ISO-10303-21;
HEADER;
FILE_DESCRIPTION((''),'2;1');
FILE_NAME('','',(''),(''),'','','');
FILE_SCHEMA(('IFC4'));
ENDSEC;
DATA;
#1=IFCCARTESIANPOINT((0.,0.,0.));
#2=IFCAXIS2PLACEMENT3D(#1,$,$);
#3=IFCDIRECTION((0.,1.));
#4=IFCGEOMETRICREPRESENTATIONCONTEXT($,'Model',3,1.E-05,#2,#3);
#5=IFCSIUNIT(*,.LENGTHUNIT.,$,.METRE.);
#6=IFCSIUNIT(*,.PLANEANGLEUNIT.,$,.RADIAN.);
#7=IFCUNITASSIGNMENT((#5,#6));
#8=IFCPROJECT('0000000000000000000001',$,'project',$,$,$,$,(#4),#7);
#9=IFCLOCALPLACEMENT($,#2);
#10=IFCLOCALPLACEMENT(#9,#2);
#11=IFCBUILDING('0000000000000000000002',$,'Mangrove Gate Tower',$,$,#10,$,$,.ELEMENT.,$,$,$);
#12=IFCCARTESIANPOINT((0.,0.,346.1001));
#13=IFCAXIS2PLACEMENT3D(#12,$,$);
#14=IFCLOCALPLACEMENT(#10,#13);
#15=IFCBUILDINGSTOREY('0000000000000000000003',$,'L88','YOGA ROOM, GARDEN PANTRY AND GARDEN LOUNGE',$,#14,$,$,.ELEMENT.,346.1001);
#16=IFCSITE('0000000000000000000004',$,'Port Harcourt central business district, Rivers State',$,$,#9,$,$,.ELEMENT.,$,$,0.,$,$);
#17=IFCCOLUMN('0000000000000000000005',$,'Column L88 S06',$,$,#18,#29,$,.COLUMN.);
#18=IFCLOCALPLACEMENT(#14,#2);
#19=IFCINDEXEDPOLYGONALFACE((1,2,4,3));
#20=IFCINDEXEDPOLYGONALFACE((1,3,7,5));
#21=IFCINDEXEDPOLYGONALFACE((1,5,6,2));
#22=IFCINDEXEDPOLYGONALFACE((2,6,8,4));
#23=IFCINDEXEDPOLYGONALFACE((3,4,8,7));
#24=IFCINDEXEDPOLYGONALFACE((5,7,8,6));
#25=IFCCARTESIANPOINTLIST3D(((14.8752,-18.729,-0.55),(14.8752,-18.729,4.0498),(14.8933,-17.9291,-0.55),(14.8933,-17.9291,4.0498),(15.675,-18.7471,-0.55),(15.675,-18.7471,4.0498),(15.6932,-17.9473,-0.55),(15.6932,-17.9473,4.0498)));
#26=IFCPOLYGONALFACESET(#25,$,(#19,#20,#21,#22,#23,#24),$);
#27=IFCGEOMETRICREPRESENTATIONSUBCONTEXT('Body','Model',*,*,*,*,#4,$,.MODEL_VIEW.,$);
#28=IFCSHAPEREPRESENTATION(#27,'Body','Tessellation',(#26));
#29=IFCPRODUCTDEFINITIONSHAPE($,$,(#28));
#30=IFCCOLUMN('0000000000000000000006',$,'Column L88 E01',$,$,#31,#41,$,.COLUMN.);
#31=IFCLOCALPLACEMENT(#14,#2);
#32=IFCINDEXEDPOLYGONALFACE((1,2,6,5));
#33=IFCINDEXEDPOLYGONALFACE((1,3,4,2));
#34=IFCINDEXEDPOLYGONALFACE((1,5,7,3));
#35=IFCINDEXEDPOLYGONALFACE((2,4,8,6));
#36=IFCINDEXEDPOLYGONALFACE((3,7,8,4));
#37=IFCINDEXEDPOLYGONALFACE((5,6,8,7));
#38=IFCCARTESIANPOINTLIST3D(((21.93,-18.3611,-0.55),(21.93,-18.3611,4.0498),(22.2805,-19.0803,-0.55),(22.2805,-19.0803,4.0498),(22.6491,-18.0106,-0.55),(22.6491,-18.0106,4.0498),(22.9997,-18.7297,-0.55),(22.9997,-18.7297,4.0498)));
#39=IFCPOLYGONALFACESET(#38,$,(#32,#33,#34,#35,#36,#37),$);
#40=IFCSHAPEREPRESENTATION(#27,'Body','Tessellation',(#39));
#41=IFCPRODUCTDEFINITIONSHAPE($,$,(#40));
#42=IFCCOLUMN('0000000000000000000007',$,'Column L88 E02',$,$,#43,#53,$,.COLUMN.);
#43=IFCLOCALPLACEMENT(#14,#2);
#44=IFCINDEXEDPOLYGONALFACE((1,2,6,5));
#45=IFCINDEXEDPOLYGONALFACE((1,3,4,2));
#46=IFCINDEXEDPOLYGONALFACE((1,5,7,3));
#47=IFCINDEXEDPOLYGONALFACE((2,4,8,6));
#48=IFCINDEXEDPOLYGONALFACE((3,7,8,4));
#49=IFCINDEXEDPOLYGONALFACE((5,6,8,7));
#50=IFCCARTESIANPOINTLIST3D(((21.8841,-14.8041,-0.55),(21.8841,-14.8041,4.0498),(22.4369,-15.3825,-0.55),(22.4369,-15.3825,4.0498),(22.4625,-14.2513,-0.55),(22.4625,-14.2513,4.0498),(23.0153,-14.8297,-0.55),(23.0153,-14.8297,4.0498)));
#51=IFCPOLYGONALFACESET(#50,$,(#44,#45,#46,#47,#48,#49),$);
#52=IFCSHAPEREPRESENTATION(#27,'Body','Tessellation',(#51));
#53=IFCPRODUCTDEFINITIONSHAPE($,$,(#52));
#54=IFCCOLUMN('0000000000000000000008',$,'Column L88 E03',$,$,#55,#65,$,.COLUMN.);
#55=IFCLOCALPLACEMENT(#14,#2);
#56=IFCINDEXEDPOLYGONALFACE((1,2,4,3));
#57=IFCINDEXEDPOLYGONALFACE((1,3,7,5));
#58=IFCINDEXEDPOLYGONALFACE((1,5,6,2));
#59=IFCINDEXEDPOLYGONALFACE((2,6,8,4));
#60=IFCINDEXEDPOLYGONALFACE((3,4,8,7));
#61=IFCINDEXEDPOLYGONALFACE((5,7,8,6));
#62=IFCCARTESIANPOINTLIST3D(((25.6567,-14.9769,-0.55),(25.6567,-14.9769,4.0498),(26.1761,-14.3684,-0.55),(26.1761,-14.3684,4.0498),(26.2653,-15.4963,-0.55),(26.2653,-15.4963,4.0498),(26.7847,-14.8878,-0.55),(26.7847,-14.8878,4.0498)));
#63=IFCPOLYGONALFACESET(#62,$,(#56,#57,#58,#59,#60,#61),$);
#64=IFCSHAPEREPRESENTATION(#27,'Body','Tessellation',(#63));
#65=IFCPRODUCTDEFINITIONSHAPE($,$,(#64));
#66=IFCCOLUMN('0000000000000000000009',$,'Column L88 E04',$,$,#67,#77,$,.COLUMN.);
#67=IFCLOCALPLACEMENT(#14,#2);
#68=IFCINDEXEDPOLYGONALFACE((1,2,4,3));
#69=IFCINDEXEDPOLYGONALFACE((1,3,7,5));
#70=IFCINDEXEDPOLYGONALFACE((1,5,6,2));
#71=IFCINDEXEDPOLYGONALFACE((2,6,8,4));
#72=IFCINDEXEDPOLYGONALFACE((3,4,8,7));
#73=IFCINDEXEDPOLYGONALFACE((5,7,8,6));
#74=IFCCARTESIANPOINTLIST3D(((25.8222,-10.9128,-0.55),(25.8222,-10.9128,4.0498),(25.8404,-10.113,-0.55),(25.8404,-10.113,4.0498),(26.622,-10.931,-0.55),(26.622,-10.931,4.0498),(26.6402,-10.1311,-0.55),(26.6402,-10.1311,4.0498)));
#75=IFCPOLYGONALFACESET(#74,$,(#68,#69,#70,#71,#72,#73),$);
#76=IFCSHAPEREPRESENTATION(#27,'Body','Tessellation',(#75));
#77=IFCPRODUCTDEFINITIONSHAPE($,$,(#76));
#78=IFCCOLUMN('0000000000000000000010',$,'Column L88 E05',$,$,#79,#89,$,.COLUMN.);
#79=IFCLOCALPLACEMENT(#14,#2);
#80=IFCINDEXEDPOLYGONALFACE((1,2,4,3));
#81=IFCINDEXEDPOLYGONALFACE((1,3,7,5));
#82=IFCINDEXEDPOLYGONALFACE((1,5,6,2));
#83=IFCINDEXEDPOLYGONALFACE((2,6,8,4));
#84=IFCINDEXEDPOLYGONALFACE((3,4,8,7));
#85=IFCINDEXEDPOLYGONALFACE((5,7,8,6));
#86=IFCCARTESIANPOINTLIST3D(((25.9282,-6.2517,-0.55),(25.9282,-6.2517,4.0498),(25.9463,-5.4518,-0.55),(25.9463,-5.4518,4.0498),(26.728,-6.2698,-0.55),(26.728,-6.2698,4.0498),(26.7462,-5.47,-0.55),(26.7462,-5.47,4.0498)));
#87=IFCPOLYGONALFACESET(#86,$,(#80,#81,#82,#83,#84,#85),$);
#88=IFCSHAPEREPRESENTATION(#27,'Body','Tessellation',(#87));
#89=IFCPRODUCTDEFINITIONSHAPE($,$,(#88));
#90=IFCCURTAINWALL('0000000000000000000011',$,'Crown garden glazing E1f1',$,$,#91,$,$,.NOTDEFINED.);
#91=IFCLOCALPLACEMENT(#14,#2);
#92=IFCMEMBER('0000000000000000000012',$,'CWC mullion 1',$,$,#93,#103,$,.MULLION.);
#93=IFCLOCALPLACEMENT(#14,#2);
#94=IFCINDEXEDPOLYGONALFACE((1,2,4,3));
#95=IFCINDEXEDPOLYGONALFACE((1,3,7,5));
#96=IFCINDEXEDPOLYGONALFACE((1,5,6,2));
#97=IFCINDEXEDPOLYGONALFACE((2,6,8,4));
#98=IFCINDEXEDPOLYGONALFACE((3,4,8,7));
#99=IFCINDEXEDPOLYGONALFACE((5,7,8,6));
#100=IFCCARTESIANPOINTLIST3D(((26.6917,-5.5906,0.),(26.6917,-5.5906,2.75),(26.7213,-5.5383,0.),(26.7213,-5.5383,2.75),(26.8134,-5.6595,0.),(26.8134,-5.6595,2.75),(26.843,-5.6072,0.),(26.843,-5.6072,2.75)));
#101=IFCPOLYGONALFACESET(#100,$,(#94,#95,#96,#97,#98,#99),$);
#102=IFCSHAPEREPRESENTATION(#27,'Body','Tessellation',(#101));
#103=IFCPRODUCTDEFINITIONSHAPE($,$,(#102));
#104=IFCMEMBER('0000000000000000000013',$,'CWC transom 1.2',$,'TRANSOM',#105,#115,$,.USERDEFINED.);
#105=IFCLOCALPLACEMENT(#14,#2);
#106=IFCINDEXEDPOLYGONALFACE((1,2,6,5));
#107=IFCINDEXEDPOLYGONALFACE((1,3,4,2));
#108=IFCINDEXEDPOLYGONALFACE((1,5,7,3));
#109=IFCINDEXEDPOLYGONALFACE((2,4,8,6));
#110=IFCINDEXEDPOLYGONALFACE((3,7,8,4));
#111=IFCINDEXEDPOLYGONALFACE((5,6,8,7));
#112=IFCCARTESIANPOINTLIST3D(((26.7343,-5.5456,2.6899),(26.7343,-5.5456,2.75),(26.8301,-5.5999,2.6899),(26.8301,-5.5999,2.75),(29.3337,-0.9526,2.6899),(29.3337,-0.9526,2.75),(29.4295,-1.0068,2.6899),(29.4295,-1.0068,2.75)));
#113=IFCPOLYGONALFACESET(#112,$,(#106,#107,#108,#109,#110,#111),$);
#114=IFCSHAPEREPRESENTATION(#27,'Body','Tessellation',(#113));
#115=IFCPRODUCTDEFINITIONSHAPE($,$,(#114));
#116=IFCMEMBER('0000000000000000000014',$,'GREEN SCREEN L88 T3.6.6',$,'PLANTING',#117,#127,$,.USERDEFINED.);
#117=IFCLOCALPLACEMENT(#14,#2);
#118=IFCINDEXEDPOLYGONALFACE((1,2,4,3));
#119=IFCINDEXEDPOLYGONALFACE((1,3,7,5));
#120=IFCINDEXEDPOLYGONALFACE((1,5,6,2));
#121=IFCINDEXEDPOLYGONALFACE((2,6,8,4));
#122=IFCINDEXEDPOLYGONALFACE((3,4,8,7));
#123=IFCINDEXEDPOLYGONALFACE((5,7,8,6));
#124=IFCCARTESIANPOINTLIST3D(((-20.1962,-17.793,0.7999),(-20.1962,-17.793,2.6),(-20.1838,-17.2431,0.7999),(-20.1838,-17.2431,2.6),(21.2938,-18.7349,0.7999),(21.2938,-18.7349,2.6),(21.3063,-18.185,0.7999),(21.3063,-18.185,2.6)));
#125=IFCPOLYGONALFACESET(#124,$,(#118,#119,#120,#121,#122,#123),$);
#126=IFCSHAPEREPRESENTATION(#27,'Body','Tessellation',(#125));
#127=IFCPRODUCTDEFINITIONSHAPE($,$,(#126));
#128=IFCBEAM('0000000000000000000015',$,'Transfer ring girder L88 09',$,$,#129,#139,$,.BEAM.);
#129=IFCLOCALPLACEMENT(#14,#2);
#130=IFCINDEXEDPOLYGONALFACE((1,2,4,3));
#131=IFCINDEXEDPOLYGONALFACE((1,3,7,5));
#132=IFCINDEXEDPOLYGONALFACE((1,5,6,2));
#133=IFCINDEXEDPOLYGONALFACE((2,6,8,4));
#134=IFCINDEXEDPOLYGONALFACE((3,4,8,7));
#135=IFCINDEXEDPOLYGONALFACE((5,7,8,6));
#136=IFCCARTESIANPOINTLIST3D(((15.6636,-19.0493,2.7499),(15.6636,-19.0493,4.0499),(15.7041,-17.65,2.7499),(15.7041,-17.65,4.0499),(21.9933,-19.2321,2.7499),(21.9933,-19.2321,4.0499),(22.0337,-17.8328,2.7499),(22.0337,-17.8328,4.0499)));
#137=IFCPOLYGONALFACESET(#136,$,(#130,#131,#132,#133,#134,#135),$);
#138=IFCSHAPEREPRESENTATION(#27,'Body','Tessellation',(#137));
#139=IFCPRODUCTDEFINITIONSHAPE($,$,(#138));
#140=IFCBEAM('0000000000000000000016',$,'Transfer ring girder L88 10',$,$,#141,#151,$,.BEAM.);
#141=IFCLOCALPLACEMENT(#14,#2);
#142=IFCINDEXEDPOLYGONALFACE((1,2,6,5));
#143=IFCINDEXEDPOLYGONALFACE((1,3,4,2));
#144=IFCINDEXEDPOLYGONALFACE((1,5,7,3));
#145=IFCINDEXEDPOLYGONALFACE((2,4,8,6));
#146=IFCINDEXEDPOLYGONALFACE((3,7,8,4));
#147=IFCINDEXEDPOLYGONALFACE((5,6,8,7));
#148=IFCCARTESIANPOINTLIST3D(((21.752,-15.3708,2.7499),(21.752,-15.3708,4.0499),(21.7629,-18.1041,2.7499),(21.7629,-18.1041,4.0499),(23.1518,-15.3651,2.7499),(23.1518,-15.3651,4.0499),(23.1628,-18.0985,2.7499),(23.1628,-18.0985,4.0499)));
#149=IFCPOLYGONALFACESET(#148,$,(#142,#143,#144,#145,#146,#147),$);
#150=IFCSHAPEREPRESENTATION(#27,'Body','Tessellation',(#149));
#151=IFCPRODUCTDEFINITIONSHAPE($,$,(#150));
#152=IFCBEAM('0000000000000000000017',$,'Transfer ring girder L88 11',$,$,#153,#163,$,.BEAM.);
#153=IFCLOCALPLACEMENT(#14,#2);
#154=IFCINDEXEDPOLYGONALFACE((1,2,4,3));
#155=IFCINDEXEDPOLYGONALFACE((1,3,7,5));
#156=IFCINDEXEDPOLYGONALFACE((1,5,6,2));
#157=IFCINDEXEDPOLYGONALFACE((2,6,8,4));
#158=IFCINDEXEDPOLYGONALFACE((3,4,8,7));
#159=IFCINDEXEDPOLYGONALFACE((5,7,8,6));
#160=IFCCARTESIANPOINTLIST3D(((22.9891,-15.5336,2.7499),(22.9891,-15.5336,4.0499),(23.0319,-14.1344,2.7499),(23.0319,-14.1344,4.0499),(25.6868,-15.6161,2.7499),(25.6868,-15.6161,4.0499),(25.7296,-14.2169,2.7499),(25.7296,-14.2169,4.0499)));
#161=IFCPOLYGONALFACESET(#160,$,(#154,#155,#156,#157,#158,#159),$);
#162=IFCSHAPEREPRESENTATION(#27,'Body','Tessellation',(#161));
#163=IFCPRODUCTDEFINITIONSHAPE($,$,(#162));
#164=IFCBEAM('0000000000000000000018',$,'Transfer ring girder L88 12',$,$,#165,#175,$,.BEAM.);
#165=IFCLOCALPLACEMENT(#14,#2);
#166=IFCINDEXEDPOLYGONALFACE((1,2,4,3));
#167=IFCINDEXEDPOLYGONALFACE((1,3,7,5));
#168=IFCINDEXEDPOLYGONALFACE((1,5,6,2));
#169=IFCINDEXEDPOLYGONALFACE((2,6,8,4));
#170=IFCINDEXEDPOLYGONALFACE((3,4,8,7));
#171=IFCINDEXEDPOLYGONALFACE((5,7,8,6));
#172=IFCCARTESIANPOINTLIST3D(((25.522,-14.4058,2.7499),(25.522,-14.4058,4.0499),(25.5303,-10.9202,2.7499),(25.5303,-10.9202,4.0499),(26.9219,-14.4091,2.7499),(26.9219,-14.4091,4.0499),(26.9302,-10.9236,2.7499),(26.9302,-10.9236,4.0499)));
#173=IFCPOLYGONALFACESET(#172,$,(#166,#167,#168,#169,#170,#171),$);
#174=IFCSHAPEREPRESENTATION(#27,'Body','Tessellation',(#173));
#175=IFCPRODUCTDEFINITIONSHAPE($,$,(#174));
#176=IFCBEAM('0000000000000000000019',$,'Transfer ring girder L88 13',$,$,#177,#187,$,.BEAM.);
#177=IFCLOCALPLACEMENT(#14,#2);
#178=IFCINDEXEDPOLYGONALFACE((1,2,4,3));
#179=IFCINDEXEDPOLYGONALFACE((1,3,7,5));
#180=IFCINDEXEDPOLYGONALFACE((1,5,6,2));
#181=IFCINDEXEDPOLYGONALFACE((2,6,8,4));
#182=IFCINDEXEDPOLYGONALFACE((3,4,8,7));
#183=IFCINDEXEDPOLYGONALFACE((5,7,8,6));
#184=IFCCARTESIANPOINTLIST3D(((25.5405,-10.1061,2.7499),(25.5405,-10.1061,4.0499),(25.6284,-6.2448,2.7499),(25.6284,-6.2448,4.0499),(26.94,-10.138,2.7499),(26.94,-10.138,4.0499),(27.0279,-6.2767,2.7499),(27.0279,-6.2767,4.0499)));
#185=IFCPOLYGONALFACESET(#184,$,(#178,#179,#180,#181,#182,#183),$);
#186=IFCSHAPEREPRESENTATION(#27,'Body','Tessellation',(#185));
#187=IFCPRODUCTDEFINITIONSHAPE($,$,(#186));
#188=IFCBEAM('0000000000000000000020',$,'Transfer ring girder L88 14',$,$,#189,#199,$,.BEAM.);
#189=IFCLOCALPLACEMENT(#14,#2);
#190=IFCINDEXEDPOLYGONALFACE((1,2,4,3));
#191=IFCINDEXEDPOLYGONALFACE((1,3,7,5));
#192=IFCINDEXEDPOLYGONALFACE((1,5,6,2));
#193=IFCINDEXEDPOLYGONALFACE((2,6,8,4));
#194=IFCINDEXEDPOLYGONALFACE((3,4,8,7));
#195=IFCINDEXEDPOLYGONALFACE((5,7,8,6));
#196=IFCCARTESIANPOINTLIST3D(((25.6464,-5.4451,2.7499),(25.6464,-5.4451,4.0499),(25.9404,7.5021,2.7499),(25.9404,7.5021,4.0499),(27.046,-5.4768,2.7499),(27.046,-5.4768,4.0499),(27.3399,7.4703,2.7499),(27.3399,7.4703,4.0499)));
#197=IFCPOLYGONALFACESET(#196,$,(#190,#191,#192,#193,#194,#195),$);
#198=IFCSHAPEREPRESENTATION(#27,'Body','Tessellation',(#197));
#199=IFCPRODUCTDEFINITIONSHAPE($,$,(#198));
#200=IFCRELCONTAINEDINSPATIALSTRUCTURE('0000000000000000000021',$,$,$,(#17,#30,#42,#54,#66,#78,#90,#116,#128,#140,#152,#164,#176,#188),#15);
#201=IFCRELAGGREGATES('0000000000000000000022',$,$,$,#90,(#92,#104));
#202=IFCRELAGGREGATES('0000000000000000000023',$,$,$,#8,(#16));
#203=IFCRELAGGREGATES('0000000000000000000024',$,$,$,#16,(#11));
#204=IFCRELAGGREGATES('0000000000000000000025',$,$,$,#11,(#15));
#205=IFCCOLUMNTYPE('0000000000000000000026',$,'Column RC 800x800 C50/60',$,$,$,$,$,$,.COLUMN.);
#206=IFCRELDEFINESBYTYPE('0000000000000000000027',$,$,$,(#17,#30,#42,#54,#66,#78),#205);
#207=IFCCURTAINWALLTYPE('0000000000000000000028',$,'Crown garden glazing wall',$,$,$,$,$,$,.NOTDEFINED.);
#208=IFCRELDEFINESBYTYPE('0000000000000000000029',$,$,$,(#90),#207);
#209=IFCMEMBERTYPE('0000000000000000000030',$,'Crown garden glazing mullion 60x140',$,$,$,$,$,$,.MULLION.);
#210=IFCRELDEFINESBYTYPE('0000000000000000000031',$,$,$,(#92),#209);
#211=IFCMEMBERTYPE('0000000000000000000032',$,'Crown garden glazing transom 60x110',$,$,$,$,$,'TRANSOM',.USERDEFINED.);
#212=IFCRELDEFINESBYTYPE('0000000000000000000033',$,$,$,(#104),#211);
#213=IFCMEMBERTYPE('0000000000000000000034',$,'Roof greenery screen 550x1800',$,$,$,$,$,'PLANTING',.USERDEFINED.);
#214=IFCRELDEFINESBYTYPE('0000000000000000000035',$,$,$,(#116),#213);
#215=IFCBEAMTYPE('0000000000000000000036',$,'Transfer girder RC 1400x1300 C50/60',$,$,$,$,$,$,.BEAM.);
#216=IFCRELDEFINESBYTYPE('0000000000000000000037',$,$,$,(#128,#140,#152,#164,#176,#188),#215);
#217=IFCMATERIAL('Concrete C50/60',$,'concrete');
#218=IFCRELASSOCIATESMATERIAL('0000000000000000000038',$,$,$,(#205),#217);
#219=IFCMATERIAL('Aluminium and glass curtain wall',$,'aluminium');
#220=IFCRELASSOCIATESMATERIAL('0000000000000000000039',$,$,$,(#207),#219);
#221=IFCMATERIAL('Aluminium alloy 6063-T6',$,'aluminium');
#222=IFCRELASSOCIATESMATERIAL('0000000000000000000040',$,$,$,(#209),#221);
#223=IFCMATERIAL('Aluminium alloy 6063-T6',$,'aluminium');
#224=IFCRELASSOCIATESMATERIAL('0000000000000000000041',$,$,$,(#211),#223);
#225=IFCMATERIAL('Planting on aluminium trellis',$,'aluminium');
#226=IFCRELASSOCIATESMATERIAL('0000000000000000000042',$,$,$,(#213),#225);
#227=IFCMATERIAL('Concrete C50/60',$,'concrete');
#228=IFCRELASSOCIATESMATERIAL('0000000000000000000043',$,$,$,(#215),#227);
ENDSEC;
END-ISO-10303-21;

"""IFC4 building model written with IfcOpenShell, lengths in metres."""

from ifc_helpers import new_model, si_unit, direction, frame, origin, origin_2d, place, context, subcontext, project, spatial, rectangle, extrude, material, material_profile, profile_set, type_object, element, aggregate, save


model = new_model("IFC4")

# Units and contexts
model_context = context("Model", 3, precision=1e-05, world=origin(), true_north=direction((0.0, 1.0)))
body_context = subcontext(model_context, "Body", "Model", "MODEL_VIEW")
ifc_project = project(units=[si_unit("LENGTHUNIT", "METRE"), si_unit("PLANEANGLEUNIT", "RADIAN")], contexts=[model_context])

# Site, building, storey
site_placement = place(None, origin())
site = spatial("IfcSite", under=ifc_project, at=site_placement, Name="Port Harcourt central business district, Rivers State", CompositionType="ELEMENT", RefElevation=0.0)
building_placement = place(site_placement, origin())
building = spatial("IfcBuilding", under=site, at=building_placement, Name="Mangrove Gate Tower", CompositionType="ELEMENT")
storey_placement = place(building_placement, frame((0.0, 0.0, 346.1001)))
storey = spatial("IfcBuildingStorey", under=building, at=storey_placement, Name="L88", Description="YOGA ROOM, GARDEN PANTRY AND GARDEN LOUNGE", CompositionType="ELEMENT", Elevation=346.1001)

# Columns
ifc_material_1 = material(Name="Concrete C50/60", Category="concrete")
ifc_material_profile_1 = material_profile(ifc_material_1, rectangle(XDim=0.8, YDim=0.8, at=origin_2d()))
ifc_profile_set_1 = profile_set([ifc_material_profile_1], Name="Concrete C50/60")
column_type = type_object("IfcColumnType", Name="Column RC 800x800 C50/60", PredefinedType="COLUMN", material=ifc_profile_set_1)
for number, where, z_axis, x_axis, name in (
    (1, (15.2842, -18.3381, -0.55), (0.0, 0.0, 1.0), (0.999743, -0.022669, 0.0), "Column L88 S06"),
    (2, (22.4648, -18.5454, -0.55), (0.0, 0.0, 1.0), (0.898894, 0.438167, 0.0), "Column L88 E01"),
    (3, (22.4497, -14.8169, -0.55), (0.0, 0.0, 1.0), (0.722929, 0.690923, 0.0), "Column L88 E02"),
    (4, (26.2207, -14.9324, -0.55), (0.0, 0.0, 1.0), (0.649215, 0.760605, 0.0), "Column L88 E03"),
    (5, (26.2312, -10.522, -0.55), (0.0, 0.0, 1.0), (0.022736, 0.999742, 0.0), "Column L88 E04"),
    (6, (26.3372, -5.8608, -0.55), (0.0, 0.0, 1.0), (0.022702, 0.999742, 0.0), "Column L88 E05"),
):
    element("IfcColumn", number, at=place(storey_placement, frame(where, z_axis=z_axis, x_axis=x_axis)), inside=storey, type_object=column_type, Name=name, PredefinedType="COLUMN", context=body_context, shape_type="SweptSolid", body=[
        extrude(rectangle(XDim=0.8, YDim=0.8, at=origin_2d()), origin(), (0.0, 0.0, 1.0), 4.5999),
    ])

# Curtain wall, members
ifc_material_2 = material(Name="Aluminium and glass curtain wall", Category="aluminium")
curtain_wall_type = type_object("IfcCurtainWallType", Name="Crown garden glazing wall", PredefinedType="NOTDEFINED", material=ifc_material_2)
curtain_wall_placement = place(storey_placement, origin())
curtain_wall = element("IfcCurtainWall", 7, at=curtain_wall_placement, inside=storey, type_object=curtain_wall_type, Name="Crown garden glazing E1f1", PredefinedType="NOTDEFINED")
ifc_material_3 = material(Name="Aluminium alloy 6063-T6", Category="aluminium")
ifc_material_profile_2 = material_profile(ifc_material_3, rectangle(XDim=0.0601, YDim=0.1399, at=origin_2d()))
ifc_profile_set_2 = profile_set([ifc_material_profile_2], Name="Aluminium alloy 6063-T6")
member_type_1 = type_object("IfcMemberType", Name="Crown garden glazing mullion 60x140", PredefinedType="MULLION", material=ifc_profile_set_2)
member_1_placement = place(storey_placement, frame((26.7673, -5.5989, 0.0), z_axis=(0.0, 0.0, 1.0), x_axis=(0.492566, 0.870275, 0.0)))
member_1 = element("IfcMember", 8, at=member_1_placement, type_object=member_type_1, Name="CWC mullion 1", PredefinedType="MULLION", context=body_context, shape_type="SweptSolid", body=[
    extrude(rectangle(XDim=0.0601, YDim=0.1399, at=origin_2d()), origin(), (0.0, 0.0, 1.0), 2.75),
])
ifc_material_4 = material(Name="Aluminium alloy 6063-T6", Category="aluminium")
ifc_material_profile_3 = material_profile(ifc_material_4, rectangle(XDim=0.0601, YDim=0.1101, at=origin_2d()))
ifc_profile_set_3 = profile_set([ifc_material_profile_3], Name="Aluminium alloy 6063-T6")
member_type_2 = type_object("IfcMemberType", Name="Crown garden glazing transom 60x110", ElementType="TRANSOM", PredefinedType="USERDEFINED", material=ifc_profile_set_3)
member_2_placement = place(storey_placement, frame((26.7822, -5.5728, 2.72), z_axis=(0.492533, 0.870294, 0.0), x_axis=(0.0, 0.0, 1.0)))
member_2 = element("IfcMember", 9, at=member_2_placement, type_object=member_type_2, Name="CWC transom 1.2", ObjectType="TRANSOM", PredefinedType="USERDEFINED", context=body_context, shape_type="SweptSolid", body=[
    extrude(rectangle(XDim=0.0601, YDim=0.1101, at=origin_2d()), origin(), (0.0, 0.0, 1.0), 5.2776),
])
aggregate(curtain_wall, [member_1, member_2])

# Member
ifc_material_5 = material(Name="Planting on aluminium trellis", Category="aluminium")
ifc_material_profile_4 = material_profile(ifc_material_5, rectangle(XDim=0.55, YDim=1.8, at=origin_2d()))
ifc_profile_set_4 = profile_set([ifc_material_profile_4], Name="Planting on aluminium trellis")
member_type_3 = type_object("IfcMemberType", Name="Roof greenery screen 550x1800", ElementType="PLANTING", PredefinedType="USERDEFINED", material=ifc_profile_set_4)
member_3_placement = place(storey_placement, frame((21.3, -18.46, 1.7), z_axis=(-0.999742, 0.022696, 0.0), x_axis=(-0.022696, -0.999742, 0.0)))
element("IfcMember", 10, at=member_3_placement, inside=storey, type_object=member_type_3, Name="GREEN SCREEN L88 T3.6.6", ObjectType="PLANTING", PredefinedType="USERDEFINED", context=body_context, shape_type="SweptSolid", body=[
    extrude(rectangle(XDim=0.55, YDim=1.8, at=origin_2d()), origin(), (0.0, 0.0, 1.0), 41.5007),
])

# Beams
ifc_material_6 = material(Name="Concrete C50/60", Category="concrete")
ifc_material_profile_5 = material_profile(ifc_material_6, rectangle(XDim=1.3999, YDim=1.3, at=origin_2d()))
ifc_profile_set_5 = profile_set([ifc_material_profile_5], Name="Concrete C50/60")
beam_type_1 = type_object("IfcBeamType", Name="Transfer girder RC 1400x1300 C50/60", PredefinedType="BEAM", material=ifc_profile_set_5)
beam_1_placement = place(storey_placement, frame((15.6838, -18.3496, 3.3999), z_axis=(0.999583, -0.028878, 0.0), x_axis=(0.028878, 0.999583, 0.0)))
element("IfcBeam", 11, at=beam_1_placement, inside=storey, type_object=beam_type_1, Name="Transfer ring girder L88 09", PredefinedType="BEAM", context=body_context, shape_type="SweptSolid", body=[
    extrude(rectangle(XDim=1.3999, YDim=1.3, at=origin_2d()), origin(), (0.0, 0.0, 1.0), 6.3323),
])
beam_2_placement = place(storey_placement, frame((22.4629, -18.1013, 3.3999), z_axis=(-0.004019, 0.999992, 0.0), x_axis=(-0.999992, -0.004019, 0.0)))
element("IfcBeam", 12, at=beam_2_placement, inside=storey, type_object=beam_type_1, Name="Transfer ring girder L88 10", PredefinedType="BEAM", context=body_context, shape_type="SweptSolid", body=[
    extrude(rectangle(XDim=1.3999, YDim=1.3, at=origin_2d()), origin(), (0.0, 0.0, 1.0), 2.7334),
])
beam_3_placement = place(storey_placement, frame((23.0105, -14.834, 3.3999), z_axis=(0.999533, -0.030574, 0.0), x_axis=(0.030574, 0.999533, 0.0)))
element("IfcBeam", 13, at=beam_3_placement, inside=storey, type_object=beam_type_1, Name="Transfer ring girder L88 11", PredefinedType="BEAM", context=body_context, shape_type="SweptSolid", body=[
    extrude(rectangle(XDim=1.3999, YDim=1.3, at=origin_2d()), origin(), (0.0, 0.0, 1.0), 2.699),
])
beam_4_placement = place(storey_placement, frame((26.2219, -14.4075, 3.3999), z_axis=(0.002381, 0.999997, 0.0), x_axis=(-0.999997, 0.002381, 0.0)))
element("IfcBeam", 14, at=beam_4_placement, inside=storey, type_object=beam_type_1, Name="Transfer ring girder L88 12", PredefinedType="BEAM", context=body_context, shape_type="SweptSolid", body=[
    extrude(rectangle(XDim=1.3999, YDim=1.3, at=origin_2d()), origin(), (0.0, 0.0, 1.0), 3.4856),
])
beam_5_placement = place(storey_placement, frame((26.2402, -10.1221, 3.3999), z_axis=(0.022756, 0.999741, 0.0), x_axis=(-0.999741, 0.022756, 0.0)))
element("IfcBeam", 15, at=beam_5_placement, inside=storey, type_object=beam_type_1, Name="Transfer ring girder L88 13", PredefinedType="BEAM", context=body_context, shape_type="SweptSolid", body=[
    extrude(rectangle(XDim=1.3999, YDim=1.3, at=origin_2d()), origin(), (0.0, 0.0, 1.0), 3.8623),
])
beam_6_placement = place(storey_placement, frame((26.3462, -5.4609, 3.3999), z_axis=(0.022698, 0.999742, 0.0), x_axis=(-0.999742, 0.022698, 0.0)))
element("IfcBeam", 16, at=beam_6_placement, inside=storey, type_object=beam_type_1, Name="Transfer ring girder L88 14", PredefinedType="BEAM", context=body_context, shape_type="SweptSolid", body=[
    extrude(rectangle(XDim=1.3999, YDim=1.3, at=origin_2d()), origin(), (0.0, 0.0, 1.0), 12.9504),
])

save(model, "model.ifc")
